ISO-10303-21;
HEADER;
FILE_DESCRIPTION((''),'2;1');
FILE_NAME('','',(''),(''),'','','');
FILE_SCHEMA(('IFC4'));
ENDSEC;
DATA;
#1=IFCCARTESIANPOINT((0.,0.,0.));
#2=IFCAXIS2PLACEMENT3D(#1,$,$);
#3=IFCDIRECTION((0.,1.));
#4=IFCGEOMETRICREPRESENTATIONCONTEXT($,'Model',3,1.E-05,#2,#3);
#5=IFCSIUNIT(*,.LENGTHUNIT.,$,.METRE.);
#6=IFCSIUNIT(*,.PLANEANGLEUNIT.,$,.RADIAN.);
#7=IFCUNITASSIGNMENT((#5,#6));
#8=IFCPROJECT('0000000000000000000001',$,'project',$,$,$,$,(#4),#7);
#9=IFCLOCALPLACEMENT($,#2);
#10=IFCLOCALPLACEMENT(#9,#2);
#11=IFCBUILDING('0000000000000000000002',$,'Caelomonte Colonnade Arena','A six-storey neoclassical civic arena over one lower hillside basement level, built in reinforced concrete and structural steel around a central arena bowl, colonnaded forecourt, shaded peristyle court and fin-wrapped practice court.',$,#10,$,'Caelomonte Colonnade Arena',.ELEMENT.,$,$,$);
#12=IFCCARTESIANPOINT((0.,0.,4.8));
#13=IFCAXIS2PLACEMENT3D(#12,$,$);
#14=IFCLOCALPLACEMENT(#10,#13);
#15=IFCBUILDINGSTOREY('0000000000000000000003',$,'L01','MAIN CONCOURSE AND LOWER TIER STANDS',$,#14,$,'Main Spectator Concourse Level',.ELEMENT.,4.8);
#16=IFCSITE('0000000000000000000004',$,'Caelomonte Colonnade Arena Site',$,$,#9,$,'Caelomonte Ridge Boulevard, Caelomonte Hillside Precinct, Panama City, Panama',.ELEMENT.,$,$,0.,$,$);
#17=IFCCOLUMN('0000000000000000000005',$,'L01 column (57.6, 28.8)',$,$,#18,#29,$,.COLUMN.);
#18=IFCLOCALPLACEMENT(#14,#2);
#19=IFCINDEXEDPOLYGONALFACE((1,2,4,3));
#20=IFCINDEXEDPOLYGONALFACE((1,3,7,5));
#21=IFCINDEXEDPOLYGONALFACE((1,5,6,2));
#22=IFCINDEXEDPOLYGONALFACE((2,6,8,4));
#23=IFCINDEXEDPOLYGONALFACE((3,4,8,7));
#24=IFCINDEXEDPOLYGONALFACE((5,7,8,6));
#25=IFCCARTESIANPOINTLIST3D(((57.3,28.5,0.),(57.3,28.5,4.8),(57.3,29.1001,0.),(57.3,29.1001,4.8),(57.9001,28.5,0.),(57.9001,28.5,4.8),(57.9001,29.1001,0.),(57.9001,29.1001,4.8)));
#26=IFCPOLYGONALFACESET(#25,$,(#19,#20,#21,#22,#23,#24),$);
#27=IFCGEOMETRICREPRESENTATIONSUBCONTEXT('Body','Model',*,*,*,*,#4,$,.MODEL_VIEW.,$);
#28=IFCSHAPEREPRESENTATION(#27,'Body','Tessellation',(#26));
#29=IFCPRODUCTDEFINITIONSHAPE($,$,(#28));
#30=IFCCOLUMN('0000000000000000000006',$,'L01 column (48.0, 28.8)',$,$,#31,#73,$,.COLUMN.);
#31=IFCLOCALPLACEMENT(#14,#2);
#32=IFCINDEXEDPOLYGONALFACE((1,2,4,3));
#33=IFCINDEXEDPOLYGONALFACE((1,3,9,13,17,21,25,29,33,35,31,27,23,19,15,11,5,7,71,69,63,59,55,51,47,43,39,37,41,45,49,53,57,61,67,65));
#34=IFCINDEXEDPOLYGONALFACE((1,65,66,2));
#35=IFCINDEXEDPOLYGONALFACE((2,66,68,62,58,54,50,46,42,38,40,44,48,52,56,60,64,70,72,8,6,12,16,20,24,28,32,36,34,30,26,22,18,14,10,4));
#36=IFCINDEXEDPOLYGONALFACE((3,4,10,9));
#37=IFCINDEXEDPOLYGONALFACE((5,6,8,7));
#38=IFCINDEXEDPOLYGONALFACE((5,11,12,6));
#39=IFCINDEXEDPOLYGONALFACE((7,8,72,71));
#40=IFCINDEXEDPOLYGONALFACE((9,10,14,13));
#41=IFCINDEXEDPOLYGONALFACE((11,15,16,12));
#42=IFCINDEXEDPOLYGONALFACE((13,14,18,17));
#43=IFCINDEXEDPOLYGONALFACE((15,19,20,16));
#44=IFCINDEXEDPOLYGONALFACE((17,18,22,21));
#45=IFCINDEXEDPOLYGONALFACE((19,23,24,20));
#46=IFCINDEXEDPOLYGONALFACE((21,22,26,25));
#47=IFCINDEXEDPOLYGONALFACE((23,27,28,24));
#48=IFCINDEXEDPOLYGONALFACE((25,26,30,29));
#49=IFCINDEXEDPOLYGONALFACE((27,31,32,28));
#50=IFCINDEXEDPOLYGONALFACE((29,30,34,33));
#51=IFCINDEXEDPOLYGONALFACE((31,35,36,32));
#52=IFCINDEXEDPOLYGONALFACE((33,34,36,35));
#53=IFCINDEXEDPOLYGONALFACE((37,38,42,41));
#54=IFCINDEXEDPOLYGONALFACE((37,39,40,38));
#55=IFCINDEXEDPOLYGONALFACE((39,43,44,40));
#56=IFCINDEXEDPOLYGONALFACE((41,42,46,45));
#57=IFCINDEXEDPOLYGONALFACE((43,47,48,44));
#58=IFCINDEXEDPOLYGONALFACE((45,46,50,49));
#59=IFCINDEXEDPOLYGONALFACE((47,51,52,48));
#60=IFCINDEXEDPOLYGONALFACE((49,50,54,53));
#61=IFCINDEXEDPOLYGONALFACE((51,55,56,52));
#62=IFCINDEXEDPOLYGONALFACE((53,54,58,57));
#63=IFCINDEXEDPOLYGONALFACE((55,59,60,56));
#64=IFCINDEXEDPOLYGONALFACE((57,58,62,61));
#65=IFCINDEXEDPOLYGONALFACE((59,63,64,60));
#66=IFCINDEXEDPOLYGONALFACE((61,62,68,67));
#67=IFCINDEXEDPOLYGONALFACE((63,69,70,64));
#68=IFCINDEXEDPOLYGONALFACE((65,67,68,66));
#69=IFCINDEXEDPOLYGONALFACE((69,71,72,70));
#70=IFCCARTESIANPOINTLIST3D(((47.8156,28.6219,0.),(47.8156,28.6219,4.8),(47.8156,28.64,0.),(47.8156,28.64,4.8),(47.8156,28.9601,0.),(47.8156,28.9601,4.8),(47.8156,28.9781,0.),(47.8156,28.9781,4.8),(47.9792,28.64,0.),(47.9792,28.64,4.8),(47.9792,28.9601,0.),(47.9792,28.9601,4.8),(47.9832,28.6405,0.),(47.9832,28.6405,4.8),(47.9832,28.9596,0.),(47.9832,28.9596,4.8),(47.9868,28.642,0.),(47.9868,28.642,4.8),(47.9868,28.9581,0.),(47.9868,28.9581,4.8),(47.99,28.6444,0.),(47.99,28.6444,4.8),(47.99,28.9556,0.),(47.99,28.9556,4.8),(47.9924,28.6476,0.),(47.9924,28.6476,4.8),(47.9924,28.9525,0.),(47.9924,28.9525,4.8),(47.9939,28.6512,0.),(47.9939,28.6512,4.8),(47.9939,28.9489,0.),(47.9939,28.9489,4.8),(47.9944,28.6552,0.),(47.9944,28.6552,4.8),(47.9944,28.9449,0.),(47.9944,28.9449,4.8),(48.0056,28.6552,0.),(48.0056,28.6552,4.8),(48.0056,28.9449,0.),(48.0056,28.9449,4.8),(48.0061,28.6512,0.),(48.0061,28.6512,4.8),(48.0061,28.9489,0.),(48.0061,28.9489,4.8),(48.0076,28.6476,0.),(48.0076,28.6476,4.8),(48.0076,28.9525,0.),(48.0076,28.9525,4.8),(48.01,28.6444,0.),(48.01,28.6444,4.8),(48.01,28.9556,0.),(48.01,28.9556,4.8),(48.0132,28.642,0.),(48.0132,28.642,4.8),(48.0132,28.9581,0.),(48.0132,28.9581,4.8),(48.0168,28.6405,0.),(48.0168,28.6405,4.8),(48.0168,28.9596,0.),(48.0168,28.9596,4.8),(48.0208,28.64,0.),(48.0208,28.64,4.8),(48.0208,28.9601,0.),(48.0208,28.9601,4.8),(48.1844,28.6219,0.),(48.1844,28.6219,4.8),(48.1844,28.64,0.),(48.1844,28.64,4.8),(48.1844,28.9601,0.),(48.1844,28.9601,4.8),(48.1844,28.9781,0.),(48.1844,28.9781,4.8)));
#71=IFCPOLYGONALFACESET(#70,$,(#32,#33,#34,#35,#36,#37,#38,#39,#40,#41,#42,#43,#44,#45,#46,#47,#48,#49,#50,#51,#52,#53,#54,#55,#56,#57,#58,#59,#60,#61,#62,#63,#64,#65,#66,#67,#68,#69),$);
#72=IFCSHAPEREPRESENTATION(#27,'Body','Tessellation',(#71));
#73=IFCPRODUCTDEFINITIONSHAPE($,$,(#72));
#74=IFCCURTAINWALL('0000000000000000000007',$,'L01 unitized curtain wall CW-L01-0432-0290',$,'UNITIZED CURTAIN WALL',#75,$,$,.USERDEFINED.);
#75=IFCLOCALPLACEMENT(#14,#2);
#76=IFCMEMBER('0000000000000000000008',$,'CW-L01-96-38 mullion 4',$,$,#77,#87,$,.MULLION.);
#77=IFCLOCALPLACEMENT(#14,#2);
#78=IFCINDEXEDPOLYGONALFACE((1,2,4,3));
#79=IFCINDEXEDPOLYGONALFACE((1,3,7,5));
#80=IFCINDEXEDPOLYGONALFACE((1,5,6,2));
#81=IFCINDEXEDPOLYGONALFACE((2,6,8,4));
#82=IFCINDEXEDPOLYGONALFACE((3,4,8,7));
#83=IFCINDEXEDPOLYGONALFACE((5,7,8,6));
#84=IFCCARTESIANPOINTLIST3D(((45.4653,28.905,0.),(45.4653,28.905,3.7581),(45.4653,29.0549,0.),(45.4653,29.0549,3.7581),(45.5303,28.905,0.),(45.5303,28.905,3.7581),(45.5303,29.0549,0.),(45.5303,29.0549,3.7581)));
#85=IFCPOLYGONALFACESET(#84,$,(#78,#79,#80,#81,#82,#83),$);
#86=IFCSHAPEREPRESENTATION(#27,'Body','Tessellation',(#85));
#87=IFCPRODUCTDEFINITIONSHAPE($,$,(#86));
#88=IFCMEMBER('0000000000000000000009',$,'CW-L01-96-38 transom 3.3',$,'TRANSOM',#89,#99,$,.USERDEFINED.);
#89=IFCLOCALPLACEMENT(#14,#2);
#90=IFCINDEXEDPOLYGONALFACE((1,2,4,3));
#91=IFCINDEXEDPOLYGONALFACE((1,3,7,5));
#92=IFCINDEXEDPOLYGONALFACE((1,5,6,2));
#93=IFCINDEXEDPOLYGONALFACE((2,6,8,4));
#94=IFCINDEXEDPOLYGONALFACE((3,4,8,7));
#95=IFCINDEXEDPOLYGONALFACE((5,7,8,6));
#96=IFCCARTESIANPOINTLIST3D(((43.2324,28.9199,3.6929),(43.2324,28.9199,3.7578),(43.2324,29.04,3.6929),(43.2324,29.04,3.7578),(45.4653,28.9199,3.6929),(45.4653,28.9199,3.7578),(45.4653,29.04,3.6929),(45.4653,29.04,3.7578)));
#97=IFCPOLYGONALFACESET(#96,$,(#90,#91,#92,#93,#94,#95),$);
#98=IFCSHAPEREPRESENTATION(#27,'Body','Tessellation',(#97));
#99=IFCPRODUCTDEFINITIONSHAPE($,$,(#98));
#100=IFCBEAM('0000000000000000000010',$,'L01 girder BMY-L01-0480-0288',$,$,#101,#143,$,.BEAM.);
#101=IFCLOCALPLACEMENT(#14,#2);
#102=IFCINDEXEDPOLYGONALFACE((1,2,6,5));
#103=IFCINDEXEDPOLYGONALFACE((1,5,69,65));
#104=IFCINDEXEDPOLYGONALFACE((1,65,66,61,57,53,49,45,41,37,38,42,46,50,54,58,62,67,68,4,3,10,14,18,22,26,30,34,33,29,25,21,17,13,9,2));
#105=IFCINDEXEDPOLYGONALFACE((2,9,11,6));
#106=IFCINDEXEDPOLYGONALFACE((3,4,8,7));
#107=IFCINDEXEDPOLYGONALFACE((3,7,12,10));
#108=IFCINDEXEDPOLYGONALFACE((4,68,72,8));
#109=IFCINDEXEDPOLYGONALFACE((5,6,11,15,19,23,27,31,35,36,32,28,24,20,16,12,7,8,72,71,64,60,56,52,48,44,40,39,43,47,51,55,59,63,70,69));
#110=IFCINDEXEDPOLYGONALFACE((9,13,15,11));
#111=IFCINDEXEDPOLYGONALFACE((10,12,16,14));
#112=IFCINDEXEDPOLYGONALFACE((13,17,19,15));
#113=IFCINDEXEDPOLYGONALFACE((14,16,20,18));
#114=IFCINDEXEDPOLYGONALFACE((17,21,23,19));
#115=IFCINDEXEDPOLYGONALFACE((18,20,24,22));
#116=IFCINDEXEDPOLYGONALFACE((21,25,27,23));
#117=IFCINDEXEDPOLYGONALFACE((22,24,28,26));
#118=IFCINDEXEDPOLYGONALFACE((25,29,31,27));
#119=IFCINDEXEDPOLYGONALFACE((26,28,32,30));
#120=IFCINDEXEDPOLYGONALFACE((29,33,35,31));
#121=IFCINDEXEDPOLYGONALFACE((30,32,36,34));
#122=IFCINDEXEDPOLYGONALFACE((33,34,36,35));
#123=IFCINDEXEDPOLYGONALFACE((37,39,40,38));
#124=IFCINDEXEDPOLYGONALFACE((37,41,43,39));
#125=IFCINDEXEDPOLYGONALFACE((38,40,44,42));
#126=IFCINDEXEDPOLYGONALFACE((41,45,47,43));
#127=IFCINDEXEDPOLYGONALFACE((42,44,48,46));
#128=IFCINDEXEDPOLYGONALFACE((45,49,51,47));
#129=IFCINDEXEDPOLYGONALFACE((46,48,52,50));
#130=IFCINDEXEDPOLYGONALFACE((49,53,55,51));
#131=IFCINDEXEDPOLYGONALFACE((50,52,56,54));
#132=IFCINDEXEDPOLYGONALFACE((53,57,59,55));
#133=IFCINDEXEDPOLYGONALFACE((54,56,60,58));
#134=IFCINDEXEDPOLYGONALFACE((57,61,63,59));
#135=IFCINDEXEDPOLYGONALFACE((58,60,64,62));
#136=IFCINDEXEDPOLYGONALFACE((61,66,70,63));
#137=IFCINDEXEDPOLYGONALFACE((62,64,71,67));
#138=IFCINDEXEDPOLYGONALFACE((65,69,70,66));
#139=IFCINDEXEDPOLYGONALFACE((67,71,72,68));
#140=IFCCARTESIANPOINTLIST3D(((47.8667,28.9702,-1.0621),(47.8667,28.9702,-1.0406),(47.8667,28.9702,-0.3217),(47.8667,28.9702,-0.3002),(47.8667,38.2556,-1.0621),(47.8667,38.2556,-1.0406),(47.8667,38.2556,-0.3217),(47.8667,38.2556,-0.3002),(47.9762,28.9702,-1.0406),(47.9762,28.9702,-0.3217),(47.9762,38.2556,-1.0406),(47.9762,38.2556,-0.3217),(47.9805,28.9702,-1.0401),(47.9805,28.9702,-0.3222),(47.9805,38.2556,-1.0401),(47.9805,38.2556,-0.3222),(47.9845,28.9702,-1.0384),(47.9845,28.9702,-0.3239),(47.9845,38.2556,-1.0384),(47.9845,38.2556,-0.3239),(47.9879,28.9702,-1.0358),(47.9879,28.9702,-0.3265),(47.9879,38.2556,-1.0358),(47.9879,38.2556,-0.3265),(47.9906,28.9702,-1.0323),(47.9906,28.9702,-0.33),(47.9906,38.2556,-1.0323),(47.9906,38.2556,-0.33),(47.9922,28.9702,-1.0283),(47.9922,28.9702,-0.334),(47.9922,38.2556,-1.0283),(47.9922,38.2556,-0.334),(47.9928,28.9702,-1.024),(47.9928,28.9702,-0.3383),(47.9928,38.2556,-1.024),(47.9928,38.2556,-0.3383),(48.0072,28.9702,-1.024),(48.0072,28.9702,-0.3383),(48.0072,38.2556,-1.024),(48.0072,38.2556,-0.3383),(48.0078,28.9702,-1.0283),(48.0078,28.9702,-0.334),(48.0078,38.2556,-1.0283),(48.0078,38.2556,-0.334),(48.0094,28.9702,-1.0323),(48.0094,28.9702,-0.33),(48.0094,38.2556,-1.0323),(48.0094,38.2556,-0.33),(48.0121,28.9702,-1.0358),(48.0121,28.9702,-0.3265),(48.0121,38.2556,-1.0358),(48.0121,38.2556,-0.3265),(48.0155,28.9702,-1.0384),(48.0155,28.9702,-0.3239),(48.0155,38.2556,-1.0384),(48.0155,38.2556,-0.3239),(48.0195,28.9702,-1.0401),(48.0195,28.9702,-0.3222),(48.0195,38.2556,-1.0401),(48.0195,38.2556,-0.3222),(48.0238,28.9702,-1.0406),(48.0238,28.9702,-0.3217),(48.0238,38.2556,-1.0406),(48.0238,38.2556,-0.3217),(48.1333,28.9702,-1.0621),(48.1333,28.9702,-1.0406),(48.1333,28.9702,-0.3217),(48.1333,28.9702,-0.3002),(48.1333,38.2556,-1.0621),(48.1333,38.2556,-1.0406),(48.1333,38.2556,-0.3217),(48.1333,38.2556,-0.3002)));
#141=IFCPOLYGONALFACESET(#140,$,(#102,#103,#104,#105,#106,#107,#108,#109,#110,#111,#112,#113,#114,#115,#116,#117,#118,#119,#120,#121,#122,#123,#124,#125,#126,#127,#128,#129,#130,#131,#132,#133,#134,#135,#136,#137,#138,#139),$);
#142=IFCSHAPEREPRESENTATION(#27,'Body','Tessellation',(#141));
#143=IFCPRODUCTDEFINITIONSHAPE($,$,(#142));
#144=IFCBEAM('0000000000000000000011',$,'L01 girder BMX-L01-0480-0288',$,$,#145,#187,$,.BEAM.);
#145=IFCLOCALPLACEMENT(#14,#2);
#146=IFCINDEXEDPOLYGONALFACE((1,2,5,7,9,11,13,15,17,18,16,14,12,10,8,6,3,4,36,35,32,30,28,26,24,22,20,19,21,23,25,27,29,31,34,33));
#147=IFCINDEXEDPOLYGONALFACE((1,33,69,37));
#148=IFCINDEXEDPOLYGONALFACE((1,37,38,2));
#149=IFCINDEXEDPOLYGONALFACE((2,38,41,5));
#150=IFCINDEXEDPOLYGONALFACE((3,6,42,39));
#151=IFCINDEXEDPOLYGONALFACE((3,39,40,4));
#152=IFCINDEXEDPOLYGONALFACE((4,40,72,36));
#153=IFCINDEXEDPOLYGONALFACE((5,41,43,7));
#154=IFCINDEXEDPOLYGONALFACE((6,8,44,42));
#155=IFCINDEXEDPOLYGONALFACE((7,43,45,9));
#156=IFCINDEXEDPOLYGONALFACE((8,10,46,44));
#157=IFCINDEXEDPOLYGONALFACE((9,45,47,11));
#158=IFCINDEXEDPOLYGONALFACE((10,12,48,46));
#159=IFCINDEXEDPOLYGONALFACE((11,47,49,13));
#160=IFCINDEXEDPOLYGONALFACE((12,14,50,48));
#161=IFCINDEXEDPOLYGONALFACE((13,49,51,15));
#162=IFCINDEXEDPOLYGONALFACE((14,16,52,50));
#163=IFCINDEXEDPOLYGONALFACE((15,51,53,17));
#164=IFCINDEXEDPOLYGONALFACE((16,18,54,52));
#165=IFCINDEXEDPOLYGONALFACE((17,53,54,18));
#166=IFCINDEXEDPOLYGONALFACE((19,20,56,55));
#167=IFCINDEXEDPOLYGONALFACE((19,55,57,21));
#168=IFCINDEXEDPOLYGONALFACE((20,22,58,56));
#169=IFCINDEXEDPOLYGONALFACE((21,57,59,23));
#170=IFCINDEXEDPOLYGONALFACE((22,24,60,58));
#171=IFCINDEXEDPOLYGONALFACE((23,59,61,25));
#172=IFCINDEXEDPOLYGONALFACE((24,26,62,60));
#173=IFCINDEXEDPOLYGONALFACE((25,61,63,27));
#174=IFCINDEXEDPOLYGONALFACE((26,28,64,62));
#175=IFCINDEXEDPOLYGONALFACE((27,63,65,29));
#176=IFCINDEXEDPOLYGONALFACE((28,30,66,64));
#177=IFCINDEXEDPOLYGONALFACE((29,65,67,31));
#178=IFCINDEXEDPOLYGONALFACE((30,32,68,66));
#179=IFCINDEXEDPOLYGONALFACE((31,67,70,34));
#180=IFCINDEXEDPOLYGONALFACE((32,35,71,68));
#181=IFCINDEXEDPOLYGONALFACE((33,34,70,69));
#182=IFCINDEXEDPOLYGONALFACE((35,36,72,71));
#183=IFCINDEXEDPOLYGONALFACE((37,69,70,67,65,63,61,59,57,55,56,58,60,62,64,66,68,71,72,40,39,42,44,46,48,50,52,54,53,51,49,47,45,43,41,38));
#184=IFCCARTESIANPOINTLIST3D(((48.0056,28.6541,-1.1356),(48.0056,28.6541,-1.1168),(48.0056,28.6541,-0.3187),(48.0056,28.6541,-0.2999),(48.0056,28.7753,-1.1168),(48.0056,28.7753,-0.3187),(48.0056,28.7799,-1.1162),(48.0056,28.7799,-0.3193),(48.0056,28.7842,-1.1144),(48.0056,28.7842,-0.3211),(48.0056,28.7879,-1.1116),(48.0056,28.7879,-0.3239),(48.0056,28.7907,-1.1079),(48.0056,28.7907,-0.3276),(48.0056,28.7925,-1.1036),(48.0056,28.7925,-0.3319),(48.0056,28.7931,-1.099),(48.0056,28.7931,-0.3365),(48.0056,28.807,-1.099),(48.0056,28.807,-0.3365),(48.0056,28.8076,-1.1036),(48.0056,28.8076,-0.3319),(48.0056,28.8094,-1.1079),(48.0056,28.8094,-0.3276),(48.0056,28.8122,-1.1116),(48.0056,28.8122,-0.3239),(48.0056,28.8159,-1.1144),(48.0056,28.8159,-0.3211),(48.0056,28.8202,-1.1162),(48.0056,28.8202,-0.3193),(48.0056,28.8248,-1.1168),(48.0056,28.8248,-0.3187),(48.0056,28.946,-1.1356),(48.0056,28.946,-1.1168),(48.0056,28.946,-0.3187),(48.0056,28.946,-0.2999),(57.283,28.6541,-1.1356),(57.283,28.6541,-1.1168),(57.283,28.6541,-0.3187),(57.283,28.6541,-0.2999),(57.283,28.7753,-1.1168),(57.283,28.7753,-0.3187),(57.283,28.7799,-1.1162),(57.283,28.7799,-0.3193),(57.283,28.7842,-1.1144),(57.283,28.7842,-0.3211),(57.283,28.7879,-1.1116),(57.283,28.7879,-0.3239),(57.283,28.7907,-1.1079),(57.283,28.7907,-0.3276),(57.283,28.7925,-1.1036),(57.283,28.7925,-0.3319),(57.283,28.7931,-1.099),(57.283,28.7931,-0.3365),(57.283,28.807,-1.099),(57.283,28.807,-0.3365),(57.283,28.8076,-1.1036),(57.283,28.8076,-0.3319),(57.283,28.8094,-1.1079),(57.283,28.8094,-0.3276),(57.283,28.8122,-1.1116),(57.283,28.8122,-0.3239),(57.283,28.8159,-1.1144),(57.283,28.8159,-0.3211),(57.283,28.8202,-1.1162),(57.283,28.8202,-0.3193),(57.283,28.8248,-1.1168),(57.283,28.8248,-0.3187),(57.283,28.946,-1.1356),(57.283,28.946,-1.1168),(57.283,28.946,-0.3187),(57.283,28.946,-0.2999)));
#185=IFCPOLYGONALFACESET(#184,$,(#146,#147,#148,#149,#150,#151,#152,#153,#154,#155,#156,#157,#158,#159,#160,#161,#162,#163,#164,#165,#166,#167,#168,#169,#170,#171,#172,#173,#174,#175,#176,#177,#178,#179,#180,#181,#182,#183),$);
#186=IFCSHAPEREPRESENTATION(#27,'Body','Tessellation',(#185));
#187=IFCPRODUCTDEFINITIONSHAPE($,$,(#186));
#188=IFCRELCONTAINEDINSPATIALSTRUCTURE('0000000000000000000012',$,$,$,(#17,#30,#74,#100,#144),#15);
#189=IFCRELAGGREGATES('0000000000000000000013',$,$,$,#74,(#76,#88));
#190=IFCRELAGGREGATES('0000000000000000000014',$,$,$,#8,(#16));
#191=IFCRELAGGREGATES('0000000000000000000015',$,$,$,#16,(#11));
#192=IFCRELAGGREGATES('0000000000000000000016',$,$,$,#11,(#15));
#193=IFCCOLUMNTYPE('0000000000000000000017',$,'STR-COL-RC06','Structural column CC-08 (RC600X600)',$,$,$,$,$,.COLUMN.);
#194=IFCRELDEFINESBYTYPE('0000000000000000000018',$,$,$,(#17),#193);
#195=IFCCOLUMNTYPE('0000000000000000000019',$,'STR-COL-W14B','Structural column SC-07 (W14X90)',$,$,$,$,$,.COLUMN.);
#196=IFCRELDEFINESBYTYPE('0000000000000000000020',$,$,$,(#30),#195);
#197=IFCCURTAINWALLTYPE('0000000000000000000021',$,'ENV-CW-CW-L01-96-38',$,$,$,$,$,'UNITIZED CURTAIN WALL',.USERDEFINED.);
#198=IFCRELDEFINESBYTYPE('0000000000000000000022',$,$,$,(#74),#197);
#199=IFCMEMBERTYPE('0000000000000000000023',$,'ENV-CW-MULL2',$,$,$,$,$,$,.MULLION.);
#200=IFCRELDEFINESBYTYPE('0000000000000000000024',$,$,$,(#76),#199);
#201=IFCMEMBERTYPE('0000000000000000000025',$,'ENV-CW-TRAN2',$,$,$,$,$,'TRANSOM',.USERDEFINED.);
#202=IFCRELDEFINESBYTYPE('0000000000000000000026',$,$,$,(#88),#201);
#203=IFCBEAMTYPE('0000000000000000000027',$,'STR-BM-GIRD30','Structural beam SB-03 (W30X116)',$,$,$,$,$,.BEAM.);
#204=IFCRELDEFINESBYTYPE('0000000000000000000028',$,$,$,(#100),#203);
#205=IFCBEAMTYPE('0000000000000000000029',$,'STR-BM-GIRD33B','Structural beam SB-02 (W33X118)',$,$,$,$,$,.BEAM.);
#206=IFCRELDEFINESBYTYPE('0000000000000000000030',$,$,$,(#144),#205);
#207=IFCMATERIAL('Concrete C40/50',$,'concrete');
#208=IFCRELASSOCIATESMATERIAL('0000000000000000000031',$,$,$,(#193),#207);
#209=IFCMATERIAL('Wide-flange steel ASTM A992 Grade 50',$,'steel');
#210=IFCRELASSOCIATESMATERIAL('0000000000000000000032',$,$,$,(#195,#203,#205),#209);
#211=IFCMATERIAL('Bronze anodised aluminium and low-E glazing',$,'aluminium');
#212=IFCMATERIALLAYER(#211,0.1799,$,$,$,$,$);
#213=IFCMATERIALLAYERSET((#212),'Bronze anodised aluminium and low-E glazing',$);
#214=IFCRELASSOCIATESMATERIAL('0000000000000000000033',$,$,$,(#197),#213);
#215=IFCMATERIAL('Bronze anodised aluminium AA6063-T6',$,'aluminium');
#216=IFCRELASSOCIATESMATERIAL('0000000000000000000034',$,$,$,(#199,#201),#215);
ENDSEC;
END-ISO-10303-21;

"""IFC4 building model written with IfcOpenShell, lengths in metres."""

from ifc_helpers import new_model, si_unit, direction, frame, origin, origin_2d, place, context, subcontext, project, spatial, rectangle, i_section, extrude, material, layer, layer_set, material_profile, profile_set, type_object, element, aggregate, save


model = new_model("IFC4")

# Units and contexts
model_context = context("Model", 3, precision=1e-05, world=origin(), true_north=direction((0.0, 1.0)))
body_context = subcontext(model_context, "Body", "Model", "MODEL_VIEW")
ifc_project = project(units=[si_unit("LENGTHUNIT", "METRE"), si_unit("PLANEANGLEUNIT", "RADIAN")], contexts=[model_context])

# Site, building, storey
site_placement = place(None, origin())
site = spatial("IfcSite", under=ifc_project, at=site_placement, Name="Caelomonte Colonnade Arena Site", LongName="Caelomonte Ridge Boulevard, Caelomonte Hillside Precinct, Panama City, Panama", CompositionType="ELEMENT", RefElevation=0.0)
building_placement = place(site_placement, origin())
building = spatial("IfcBuilding", under=site, at=building_placement, Name="Caelomonte Colonnade Arena", Description="A six-storey neoclassical civic arena over one lower hillside basement level, built in reinforced concrete and structural steel around a central arena bowl, colonnaded forecourt, shaded peristyle court and fin-wrapped practice court.", LongName="Caelomonte Colonnade Arena", CompositionType="ELEMENT")
storey_placement = place(building_placement, frame((0.0, 0.0, 4.8)))
storey = spatial("IfcBuildingStorey", under=building, at=storey_placement, Name="L01", Description="MAIN CONCOURSE AND LOWER TIER STANDS", LongName="Main Spectator Concourse Level", CompositionType="ELEMENT", Elevation=4.8)

# Columns
ifc_material_1 = material(Name="Concrete C40/50", Category="concrete")
ifc_material_profile_1 = material_profile(ifc_material_1, rectangle(XDim=0.6001, YDim=0.6001, at=origin_2d()), Name="RC600X600")
ifc_profile_set_1 = profile_set([ifc_material_profile_1], Name="Concrete C40/50")
column_type_1 = type_object("IfcColumnType", Name="STR-COL-RC06", Description="Structural column CC-08 (RC600X600)", PredefinedType="COLUMN", material=ifc_profile_set_1)
column_1_placement = place(storey_placement, frame((57.6001, 28.8, 0.0), z_axis=(0.0, 0.0, 1.0), x_axis=(1.0, 0.0, 0.0)))
element("IfcColumn", 1, at=column_1_placement, inside=storey, type_object=column_type_1, Name="L01 column (57.6, 28.8)", PredefinedType="COLUMN", context=body_context, shape_type="SweptSolid", body=[
    extrude(rectangle(XDim=0.6001, YDim=0.6001, at=origin_2d()), origin(), (0.0, 0.0, 1.0), 4.8),
])
ifc_material_2 = material(Name="Wide-flange steel ASTM A992 Grade 50", Category="steel")
ifc_material_profile_2 = material_profile(ifc_material_2, i_section(OverallWidth=0.3689, OverallDepth=0.3562, WebThickness=0.0112, FlangeThickness=0.0181, FilletRadius=0.0151, at=origin_2d()), Name="W14X90")
ifc_profile_set_2 = profile_set([ifc_material_profile_2], Name="Wide-flange steel ASTM A992 Grade 50")
column_type_2 = type_object("IfcColumnType", Name="STR-COL-W14B", Description="Structural column SC-07 (W14X90)", PredefinedType="COLUMN", material=ifc_profile_set_2)
column_2_placement = place(storey_placement, frame((48.0, 28.8, 0.0), z_axis=(0.0, 0.0, 1.0), x_axis=(1.0, 0.0, 0.0)))
element("IfcColumn", 2, at=column_2_placement, inside=storey, type_object=column_type_2, Name="L01 column (48.0, 28.8)", PredefinedType="COLUMN", context=body_context, shape_type="SweptSolid", body=[
    extrude(i_section(OverallWidth=0.3689, OverallDepth=0.3562, WebThickness=0.0112, FlangeThickness=0.0181, FilletRadius=0.0151, at=origin_2d()), origin(), (0.0, 0.0, 1.0), 4.8),
])

# Curtain wall, members
ifc_material_3 = material(Name="Bronze anodised aluminium and low-E glazing", Category="aluminium")
ifc_layer_1 = layer(ifc_material_3, 0.1799)
ifc_layer_set_1 = layer_set([ifc_layer_1], Name="Bronze anodised aluminium and low-E glazing")
curtain_wall_type = type_object("IfcCurtainWallType", Name="ENV-CW-CW-L01-96-38", ElementType="UNITIZED CURTAIN WALL", PredefinedType="USERDEFINED", material=ifc_layer_set_1)
curtain_wall_placement = place(storey_placement, origin())
curtain_wall = element("IfcCurtainWall", 3, at=curtain_wall_placement, inside=storey, type_object=curtain_wall_type, Name="L01 unitized curtain wall CW-L01-0432-0290", ObjectType="UNITIZED CURTAIN WALL", PredefinedType="USERDEFINED")
ifc_material_4 = material(Name="Bronze anodised aluminium AA6063-T6", Category="aluminium")
ifc_material_profile_3 = material_profile(ifc_material_4, rectangle(XDim=0.0649, YDim=0.1499, at=origin_2d()), Name="CWM-65X150")
ifc_profile_set_3 = profile_set([ifc_material_profile_3], Name="Bronze anodised aluminium AA6063-T6")
member_type_1 = type_object("IfcMemberType", Name="ENV-CW-MULL2", PredefinedType="MULLION", material=ifc_profile_set_3)
member_1_placement = place(storey_placement, frame((45.4978, 28.98, 0.0), z_axis=(0.0, 0.0, 1.0), x_axis=(1.0, 0.0, 0.0)))
member_1 = element("IfcMember", 4, at=member_1_placement, type_object=member_type_1, Name="CW-L01-96-38 mullion 4", PredefinedType="MULLION", context=body_context, shape_type="SweptSolid", body=[
    extrude(rectangle(XDim=0.0649, YDim=0.1499, at=origin_2d()), origin(), (0.0, 0.0, 1.0), 3.7581),
])
ifc_material_profile_4 = material_profile(ifc_material_4, rectangle(XDim=0.0649, YDim=0.1201, at=origin_2d()), Name="CWT-65X120")
ifc_profile_set_4 = profile_set([ifc_material_profile_4], Name="Bronze anodised aluminium AA6063-T6")
member_type_2 = type_object("IfcMemberType", Name="ENV-CW-TRAN2", ElementType="TRANSOM", PredefinedType="USERDEFINED", material=ifc_profile_set_4)
member_2_placement = place(storey_placement, frame((43.2324, 28.98, 3.7253), z_axis=(1.0, 0.0, 0.0), x_axis=(0.0, 0.0, 1.0)))
member_2 = element("IfcMember", 5, at=member_2_placement, type_object=member_type_2, Name="CW-L01-96-38 transom 3.3", ObjectType="TRANSOM", PredefinedType="USERDEFINED", context=body_context, shape_type="SweptSolid", body=[
    extrude(rectangle(XDim=0.0649, YDim=0.1201, at=origin_2d()), origin(), (0.0, 0.0, 1.0), 2.2329),
])

# Beams
ifc_material_profile_5 = material_profile(ifc_material_2, i_section(OverallWidth=0.2666, OverallDepth=0.762, WebThickness=0.0144, FlangeThickness=0.0215, FilletRadius=0.0166, at=origin_2d()), Name="W30X116")
ifc_profile_set_5 = profile_set([ifc_material_profile_5], Name="Wide-flange steel ASTM A992 Grade 50")
beam_type_1 = type_object("IfcBeamType", Name="STR-BM-GIRD30", Description="Structural beam SB-03 (W30X116)", PredefinedType="BEAM", material=ifc_profile_set_5)
beam_1_placement = place(storey_placement, frame((48.0, 28.9702, -0.6812), z_axis=(0.0, 1.0, 0.0), x_axis=(-1.0, 0.0, 0.0)))
element("IfcBeam", 6, at=beam_1_placement, inside=storey, type_object=beam_type_1, Name="L01 girder BMY-L01-0480-0288", PredefinedType="BEAM", context=body_context, shape_type="SweptSolid", body=[
    extrude(i_section(OverallWidth=0.2666, OverallDepth=0.762, WebThickness=0.0144, FlangeThickness=0.0215, FilletRadius=0.0166, at=origin_2d()), origin(), (0.0, 0.0, 1.0), 9.2854),
])
ifc_material_profile_6 = material_profile(ifc_material_2, i_section(OverallWidth=0.292, OverallDepth=0.8357, WebThickness=0.0139, FlangeThickness=0.0188, FilletRadius=0.0178, at=origin_2d()), Name="W33X118")
ifc_profile_set_6 = profile_set([ifc_material_profile_6], Name="Wide-flange steel ASTM A992 Grade 50")
beam_type_2 = type_object("IfcBeamType", Name="STR-BM-GIRD33B", Description="Structural beam SB-02 (W33X118)", PredefinedType="BEAM", material=ifc_profile_set_6)
beam_2_placement = place(storey_placement, frame((48.0056, 28.8, -0.7178), z_axis=(1.0, 0.0, 0.0), x_axis=(0.0, 1.0, 0.0)))
element("IfcBeam", 7, at=beam_2_placement, inside=storey, type_object=beam_type_2, Name="L01 girder BMX-L01-0480-0288", PredefinedType="BEAM", context=body_context, shape_type="SweptSolid", body=[
    extrude(i_section(OverallWidth=0.292, OverallDepth=0.8357, WebThickness=0.0139, FlangeThickness=0.0188, FilletRadius=0.0178, at=origin_2d()), origin(), (0.0, 0.0, 1.0), 9.2773),
])

aggregate(curtain_wall, [member_1, member_2])

save(model, "model.ifc")
